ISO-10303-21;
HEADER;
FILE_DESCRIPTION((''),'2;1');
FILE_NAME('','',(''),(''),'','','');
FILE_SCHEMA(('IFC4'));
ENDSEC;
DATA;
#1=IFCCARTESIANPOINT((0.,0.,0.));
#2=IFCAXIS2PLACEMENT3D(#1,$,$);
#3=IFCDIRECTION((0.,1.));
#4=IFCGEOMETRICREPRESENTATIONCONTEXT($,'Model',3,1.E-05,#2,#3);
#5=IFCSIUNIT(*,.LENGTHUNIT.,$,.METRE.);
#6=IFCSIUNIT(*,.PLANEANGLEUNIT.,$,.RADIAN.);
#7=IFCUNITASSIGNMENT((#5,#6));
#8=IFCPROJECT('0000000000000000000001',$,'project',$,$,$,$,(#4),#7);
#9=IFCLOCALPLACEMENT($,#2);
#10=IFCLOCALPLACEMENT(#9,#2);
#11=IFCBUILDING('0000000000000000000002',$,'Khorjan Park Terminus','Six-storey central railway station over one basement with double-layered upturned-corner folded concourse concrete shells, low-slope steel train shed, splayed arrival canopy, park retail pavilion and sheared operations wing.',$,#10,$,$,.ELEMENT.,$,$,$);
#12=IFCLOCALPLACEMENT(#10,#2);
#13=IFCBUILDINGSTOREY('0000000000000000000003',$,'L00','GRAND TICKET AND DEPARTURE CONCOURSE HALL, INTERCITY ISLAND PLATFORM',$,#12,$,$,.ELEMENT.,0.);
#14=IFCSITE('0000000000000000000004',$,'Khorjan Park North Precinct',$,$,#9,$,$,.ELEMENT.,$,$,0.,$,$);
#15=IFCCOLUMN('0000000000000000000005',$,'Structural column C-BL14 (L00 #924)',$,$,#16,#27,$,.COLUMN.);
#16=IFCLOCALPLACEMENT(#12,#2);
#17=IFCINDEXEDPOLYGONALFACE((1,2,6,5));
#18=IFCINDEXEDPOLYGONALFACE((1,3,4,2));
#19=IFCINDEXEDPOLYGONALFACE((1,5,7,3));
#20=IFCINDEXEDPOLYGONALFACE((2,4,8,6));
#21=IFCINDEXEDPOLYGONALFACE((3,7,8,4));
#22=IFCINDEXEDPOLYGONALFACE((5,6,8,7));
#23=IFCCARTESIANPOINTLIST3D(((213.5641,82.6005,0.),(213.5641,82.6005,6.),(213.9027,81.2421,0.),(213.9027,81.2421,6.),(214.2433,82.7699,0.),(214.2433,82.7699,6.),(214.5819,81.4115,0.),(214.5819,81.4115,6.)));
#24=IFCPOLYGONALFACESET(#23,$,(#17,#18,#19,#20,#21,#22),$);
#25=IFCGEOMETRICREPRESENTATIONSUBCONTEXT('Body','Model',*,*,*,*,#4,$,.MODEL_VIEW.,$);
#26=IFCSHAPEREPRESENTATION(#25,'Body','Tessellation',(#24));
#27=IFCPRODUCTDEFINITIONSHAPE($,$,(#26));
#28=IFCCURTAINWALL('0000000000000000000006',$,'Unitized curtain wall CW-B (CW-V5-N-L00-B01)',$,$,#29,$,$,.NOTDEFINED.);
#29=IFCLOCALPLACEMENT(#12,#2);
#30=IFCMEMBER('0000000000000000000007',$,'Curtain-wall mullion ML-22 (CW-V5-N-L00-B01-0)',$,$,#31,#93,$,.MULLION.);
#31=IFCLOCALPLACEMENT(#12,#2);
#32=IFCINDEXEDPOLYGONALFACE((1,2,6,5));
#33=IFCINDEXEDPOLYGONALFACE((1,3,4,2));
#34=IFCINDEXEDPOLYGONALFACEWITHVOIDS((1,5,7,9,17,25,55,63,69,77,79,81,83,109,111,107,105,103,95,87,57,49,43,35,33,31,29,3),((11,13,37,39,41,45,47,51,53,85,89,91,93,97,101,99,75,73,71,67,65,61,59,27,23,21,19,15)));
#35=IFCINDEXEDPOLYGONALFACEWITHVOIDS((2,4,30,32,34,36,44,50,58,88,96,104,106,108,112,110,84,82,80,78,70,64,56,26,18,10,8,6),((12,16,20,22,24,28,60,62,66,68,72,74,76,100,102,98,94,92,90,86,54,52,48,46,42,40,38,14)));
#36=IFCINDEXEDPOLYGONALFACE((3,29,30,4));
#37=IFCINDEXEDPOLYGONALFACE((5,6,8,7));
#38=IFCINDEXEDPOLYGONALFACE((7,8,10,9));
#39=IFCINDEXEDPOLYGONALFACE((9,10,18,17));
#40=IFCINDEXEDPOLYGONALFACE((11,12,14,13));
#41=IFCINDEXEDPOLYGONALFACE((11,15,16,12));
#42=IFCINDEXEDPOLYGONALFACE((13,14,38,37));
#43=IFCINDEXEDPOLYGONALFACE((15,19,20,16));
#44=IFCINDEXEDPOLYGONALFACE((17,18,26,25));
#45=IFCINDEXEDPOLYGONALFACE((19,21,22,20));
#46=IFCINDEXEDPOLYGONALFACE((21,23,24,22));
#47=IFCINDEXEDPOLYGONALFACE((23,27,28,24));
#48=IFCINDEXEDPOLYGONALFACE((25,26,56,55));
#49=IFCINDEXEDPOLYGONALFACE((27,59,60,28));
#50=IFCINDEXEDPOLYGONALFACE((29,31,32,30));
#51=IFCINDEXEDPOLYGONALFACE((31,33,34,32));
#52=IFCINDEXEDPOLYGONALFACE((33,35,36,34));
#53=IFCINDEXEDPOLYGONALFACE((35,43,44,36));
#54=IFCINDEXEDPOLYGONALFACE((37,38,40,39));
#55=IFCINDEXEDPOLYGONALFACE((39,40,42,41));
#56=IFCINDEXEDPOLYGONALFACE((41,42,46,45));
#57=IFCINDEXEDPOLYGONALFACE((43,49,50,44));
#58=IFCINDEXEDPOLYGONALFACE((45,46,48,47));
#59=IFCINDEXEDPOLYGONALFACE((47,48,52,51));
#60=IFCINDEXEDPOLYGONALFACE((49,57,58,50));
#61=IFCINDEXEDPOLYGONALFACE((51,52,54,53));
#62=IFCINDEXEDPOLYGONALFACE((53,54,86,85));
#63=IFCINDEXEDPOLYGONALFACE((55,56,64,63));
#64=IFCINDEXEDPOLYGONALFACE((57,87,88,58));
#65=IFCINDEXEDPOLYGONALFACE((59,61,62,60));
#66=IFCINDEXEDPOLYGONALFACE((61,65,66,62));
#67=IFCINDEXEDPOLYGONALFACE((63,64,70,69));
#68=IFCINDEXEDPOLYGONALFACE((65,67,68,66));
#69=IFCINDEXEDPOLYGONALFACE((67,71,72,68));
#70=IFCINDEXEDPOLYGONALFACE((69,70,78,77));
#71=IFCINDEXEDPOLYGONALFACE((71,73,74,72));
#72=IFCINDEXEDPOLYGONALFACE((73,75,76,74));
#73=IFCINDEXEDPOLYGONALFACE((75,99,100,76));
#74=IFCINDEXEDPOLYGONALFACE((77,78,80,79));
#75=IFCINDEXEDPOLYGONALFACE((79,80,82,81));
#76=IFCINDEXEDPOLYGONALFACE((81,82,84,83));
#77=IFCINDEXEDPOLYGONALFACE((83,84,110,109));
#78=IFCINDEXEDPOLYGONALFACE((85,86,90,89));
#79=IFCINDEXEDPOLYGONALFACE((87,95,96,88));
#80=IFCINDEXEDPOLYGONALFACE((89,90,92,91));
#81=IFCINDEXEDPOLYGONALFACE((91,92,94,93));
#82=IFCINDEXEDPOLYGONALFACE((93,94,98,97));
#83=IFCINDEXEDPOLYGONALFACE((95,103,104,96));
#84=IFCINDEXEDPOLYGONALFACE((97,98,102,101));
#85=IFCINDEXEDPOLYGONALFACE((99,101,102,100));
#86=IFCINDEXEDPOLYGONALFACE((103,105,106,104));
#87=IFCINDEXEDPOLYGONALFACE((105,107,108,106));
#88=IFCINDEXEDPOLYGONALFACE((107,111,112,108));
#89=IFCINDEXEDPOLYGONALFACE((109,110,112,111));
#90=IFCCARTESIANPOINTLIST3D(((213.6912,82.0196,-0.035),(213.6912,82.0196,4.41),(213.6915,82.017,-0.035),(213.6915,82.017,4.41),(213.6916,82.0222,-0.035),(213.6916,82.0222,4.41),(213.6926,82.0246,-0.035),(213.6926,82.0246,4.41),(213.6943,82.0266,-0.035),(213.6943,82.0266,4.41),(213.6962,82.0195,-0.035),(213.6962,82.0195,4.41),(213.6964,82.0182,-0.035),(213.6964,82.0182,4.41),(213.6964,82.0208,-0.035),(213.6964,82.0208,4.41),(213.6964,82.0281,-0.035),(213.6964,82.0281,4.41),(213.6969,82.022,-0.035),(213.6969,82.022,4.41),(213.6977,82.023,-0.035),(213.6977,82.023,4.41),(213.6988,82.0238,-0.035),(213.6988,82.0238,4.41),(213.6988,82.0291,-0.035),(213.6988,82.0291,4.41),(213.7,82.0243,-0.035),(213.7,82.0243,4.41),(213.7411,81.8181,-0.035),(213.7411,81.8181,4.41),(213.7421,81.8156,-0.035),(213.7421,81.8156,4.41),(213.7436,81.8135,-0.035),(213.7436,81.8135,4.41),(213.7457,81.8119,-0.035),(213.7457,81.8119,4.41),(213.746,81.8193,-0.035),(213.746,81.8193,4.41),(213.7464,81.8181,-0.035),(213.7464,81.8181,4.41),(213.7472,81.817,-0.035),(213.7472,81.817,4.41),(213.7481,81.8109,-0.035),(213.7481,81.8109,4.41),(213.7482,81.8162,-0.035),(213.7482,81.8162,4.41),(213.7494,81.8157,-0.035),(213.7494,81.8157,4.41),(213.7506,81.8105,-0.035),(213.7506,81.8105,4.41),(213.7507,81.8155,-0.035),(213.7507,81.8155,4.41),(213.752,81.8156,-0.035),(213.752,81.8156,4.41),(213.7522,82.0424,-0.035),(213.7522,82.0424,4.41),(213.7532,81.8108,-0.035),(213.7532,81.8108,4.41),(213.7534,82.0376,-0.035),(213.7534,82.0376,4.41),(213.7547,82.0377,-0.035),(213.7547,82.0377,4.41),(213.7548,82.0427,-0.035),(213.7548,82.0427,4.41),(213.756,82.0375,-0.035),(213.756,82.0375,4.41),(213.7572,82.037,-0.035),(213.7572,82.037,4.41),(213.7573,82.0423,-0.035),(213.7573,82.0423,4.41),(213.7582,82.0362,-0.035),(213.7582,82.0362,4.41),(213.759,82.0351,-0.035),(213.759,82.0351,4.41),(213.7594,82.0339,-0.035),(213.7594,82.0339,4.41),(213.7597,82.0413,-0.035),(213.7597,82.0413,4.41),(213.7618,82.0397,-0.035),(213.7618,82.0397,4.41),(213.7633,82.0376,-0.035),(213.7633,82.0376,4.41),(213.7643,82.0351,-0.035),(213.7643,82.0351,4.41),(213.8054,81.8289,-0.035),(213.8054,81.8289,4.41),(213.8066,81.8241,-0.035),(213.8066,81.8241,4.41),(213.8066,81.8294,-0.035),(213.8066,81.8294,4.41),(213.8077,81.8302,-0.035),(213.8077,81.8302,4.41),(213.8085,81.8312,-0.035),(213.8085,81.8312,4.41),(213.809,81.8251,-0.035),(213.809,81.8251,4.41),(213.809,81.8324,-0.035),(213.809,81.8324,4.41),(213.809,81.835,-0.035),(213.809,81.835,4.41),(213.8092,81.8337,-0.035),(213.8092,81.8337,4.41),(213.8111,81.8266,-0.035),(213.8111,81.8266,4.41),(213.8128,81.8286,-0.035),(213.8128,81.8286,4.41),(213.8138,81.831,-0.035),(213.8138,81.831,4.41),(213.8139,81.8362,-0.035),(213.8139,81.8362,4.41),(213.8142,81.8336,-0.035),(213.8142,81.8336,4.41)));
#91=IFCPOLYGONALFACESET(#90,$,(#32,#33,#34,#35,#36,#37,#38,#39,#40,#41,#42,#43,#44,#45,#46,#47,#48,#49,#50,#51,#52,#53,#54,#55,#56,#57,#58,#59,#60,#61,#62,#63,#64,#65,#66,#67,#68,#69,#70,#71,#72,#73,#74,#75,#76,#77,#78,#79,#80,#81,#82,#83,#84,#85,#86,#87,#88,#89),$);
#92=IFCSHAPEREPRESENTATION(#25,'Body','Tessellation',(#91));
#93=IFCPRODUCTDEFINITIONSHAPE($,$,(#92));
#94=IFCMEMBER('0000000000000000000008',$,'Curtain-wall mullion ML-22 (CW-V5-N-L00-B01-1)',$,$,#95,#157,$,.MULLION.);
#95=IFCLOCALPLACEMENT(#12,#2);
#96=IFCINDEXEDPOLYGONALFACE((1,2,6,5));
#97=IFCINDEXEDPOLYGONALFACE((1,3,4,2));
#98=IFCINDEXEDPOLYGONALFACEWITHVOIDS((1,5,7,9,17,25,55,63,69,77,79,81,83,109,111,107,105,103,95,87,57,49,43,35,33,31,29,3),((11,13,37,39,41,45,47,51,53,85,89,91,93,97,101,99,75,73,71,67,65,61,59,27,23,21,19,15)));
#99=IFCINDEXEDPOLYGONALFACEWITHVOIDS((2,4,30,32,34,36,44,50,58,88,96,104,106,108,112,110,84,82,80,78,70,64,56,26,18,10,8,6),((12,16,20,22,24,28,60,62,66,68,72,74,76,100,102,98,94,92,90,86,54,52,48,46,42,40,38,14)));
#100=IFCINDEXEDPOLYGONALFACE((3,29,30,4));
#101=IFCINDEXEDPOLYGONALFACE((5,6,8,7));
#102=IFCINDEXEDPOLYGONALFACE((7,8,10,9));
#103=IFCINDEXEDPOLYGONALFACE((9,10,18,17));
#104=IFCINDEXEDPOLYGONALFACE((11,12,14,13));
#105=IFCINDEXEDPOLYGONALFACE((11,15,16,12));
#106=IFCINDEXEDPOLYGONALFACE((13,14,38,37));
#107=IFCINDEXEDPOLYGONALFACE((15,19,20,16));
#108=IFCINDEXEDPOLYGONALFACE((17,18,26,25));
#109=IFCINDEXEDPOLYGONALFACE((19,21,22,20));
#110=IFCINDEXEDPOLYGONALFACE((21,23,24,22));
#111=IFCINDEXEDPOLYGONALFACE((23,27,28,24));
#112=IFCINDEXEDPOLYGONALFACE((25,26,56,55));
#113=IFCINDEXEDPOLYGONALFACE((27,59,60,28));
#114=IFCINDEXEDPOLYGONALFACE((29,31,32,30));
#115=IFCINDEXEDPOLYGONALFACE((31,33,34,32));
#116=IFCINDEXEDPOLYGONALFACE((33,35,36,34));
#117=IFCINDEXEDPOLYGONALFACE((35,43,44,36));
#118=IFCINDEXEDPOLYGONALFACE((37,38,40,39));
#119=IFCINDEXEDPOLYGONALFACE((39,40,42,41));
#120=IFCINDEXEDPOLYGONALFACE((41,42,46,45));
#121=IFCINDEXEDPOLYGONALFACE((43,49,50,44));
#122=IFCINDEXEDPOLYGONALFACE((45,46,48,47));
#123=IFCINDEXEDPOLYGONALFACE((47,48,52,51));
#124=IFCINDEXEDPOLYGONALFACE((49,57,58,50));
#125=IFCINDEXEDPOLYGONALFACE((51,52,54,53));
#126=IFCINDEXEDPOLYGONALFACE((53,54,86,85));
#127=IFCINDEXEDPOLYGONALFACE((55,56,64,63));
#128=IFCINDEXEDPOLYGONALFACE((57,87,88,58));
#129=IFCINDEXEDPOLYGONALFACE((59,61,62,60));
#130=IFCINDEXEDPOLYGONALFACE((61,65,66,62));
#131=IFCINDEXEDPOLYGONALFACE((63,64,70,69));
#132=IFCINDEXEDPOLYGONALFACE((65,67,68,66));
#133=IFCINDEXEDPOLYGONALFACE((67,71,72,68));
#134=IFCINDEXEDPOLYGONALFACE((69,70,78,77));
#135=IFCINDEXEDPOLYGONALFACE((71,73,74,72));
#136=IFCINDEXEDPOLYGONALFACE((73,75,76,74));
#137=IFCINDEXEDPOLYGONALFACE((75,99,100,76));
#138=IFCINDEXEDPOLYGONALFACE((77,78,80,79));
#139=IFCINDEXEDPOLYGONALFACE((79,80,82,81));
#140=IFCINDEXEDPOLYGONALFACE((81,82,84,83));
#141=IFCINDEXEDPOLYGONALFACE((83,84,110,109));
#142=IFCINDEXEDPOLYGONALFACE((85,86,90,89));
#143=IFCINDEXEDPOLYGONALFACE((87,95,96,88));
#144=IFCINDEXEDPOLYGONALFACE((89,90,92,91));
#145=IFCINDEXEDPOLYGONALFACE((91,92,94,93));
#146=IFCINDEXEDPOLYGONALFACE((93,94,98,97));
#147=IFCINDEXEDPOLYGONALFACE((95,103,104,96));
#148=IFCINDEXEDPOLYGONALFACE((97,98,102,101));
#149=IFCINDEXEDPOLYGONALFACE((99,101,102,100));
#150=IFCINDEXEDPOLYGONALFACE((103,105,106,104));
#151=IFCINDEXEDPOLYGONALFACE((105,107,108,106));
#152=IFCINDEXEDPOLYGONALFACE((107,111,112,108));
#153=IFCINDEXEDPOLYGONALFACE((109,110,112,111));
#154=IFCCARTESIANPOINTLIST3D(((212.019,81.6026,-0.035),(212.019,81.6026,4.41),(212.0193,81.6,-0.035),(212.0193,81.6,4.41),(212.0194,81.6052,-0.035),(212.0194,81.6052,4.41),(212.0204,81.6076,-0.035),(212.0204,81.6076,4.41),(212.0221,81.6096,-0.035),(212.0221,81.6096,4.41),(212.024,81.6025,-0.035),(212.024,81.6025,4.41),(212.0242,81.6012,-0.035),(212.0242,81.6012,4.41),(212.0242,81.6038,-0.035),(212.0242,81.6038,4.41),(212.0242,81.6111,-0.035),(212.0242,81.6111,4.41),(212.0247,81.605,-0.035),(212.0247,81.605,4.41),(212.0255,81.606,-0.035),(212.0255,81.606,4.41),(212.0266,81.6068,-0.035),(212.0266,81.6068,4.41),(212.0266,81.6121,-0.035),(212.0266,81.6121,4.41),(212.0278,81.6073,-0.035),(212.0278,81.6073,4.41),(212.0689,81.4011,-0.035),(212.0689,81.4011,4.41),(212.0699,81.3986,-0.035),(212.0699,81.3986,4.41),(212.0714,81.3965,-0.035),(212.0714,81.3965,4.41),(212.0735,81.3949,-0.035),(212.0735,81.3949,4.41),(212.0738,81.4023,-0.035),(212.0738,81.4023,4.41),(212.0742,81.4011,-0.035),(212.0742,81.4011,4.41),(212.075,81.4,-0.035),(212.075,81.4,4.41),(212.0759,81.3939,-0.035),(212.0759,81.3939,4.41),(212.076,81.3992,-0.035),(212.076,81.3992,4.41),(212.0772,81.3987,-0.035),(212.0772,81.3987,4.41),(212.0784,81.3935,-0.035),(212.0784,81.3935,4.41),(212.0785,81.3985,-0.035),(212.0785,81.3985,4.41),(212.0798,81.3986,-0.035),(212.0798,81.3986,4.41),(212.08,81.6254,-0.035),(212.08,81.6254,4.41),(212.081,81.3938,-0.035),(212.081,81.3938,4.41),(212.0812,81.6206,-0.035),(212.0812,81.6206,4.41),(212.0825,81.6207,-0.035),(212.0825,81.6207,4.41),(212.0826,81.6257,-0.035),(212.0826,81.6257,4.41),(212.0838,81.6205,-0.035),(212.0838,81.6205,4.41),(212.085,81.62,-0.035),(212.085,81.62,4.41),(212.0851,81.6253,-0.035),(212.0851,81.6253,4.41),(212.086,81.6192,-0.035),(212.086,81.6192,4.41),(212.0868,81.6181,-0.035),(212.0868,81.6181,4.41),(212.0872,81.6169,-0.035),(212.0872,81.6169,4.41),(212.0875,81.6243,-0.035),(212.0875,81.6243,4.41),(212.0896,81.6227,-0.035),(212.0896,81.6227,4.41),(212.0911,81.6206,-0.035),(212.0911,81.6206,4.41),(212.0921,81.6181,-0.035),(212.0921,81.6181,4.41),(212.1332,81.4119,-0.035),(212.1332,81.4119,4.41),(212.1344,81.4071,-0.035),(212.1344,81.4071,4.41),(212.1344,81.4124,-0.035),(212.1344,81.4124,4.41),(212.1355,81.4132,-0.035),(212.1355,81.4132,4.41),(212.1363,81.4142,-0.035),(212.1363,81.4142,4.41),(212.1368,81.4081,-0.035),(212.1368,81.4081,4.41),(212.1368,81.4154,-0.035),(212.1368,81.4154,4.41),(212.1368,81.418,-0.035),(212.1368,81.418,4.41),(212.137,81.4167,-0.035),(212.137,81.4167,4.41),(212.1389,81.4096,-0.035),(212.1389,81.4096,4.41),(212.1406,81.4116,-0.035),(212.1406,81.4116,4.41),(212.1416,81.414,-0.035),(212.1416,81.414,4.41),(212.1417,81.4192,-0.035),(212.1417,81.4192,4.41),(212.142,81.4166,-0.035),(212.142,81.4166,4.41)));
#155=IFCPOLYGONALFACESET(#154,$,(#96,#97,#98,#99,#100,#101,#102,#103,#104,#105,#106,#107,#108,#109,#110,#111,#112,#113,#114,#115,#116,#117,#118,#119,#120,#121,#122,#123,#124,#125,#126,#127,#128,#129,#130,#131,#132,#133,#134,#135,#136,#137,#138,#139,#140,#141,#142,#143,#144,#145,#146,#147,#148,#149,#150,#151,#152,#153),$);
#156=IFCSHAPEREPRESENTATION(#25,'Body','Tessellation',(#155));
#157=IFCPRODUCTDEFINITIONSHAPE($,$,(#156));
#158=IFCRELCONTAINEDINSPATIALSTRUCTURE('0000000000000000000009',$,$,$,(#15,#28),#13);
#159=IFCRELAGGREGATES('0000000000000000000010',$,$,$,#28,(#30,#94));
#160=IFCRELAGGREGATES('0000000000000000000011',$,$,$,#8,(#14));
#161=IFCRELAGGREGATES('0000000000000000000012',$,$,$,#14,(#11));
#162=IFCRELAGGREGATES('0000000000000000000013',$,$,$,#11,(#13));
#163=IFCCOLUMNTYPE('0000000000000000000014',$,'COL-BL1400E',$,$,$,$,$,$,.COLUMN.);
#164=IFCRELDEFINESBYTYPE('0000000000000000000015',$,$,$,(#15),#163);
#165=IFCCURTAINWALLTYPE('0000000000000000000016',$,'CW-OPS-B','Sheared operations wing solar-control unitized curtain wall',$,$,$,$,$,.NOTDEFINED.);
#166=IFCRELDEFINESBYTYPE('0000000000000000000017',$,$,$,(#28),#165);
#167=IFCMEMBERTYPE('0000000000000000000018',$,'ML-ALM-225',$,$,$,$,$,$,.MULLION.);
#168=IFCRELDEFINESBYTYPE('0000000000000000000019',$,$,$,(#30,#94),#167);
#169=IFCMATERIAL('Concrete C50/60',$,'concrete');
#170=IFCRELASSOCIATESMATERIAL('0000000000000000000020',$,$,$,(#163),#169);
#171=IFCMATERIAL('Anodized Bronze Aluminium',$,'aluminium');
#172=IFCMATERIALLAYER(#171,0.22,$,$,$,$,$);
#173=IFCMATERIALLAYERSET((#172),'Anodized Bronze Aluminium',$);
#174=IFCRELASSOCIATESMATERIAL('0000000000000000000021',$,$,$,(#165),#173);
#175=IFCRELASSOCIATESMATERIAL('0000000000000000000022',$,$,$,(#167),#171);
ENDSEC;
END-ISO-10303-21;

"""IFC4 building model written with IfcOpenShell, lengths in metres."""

from ifc_helpers import new_model, si_unit, direction, frame, origin, origin_2d, place, context, subcontext, project, spatial, rectangle, hollow_rectangle, extrude, material, layer, layer_set, material_profile, profile_set, type_object, element, aggregate, save


model = new_model("IFC4")

# Units and contexts
model_context = context("Model", 3, precision=1e-05, world=origin(), true_north=direction((0.0, 1.0)))
body_context = subcontext(model_context, "Body", "Model", "MODEL_VIEW")
ifc_project = project(units=[si_unit("LENGTHUNIT", "METRE"), si_unit("PLANEANGLEUNIT", "RADIAN")], contexts=[model_context])

# Site, building, storey
site_placement = place(None, origin())
site = spatial("IfcSite", under=ifc_project, at=site_placement, Name="Khorjan Park North Precinct", CompositionType="ELEMENT", RefElevation=0.0)
building_placement = place(site_placement, origin())
building = spatial("IfcBuilding", under=site, at=building_placement, Name="Khorjan Park Terminus", Description="Six-storey central railway station over one basement with double-layered upturned-corner folded concourse concrete shells, low-slope steel train shed, splayed arrival canopy, park retail pavilion and sheared operations wing.", CompositionType="ELEMENT")
storey_placement = place(building_placement, origin())
storey = spatial("IfcBuildingStorey", under=building, at=storey_placement, Name="L00", Description="GRAND TICKET AND DEPARTURE CONCOURSE HALL, INTERCITY ISLAND PLATFORM", CompositionType="ELEMENT", Elevation=0.0)

# Column
ifc_material_1 = material(Name="Concrete C50/60", Category="concrete")
ifc_material_profile_1 = material_profile(ifc_material_1, rectangle(XDim=0.7, YDim=1.4, at=origin_2d()), Name="RC 700x1400")
ifc_profile_set_1 = profile_set([ifc_material_profile_1], Name="Concrete C50/60")
column_type = type_object("IfcColumnType", Name="COL-BL1400E", PredefinedType="COLUMN", material=ifc_profile_set_1)
column_placement = place(storey_placement, frame((214.073, 82.006, 0.0), z_axis=(0.0, 0.0, 1.0), x_axis=(0.970296, 0.241922, 0.0)))
element("IfcColumn", 1, at=column_placement, inside=storey, type_object=column_type, Name="Structural column C-BL14 (L00 #924)", PredefinedType="COLUMN", context=body_context, shape_type="SweptSolid", body=[
    extrude(rectangle(XDim=0.7, YDim=1.4, at=origin_2d()), origin(), (0.0, 0.0, 1.0), 6.0),
])

# Curtain wall, members
ifc_material_2 = material(Name="Anodized Bronze Aluminium", Category="aluminium")
ifc_layer_1 = layer(ifc_material_2, 0.22)
ifc_layer_set_1 = layer_set([ifc_layer_1], Name="Anodized Bronze Aluminium")
curtain_wall_type = type_object("IfcCurtainWallType", Name="CW-OPS-B", Description="Sheared operations wing solar-control unitized curtain wall", PredefinedType="NOTDEFINED", material=ifc_layer_set_1)
curtain_wall_placement = place(storey_placement, origin())
curtain_wall = element("IfcCurtainWall", 2, at=curtain_wall_placement, inside=storey, type_object=curtain_wall_type, Name="Unitized curtain wall CW-B (CW-V5-N-L00-B01)", PredefinedType="NOTDEFINED")
ifc_material_profile_2 = material_profile(ifc_material_2, hollow_rectangle(XDim=0.075, YDim=0.225, WallThickness=0.005, InnerFilletRadius=0.005, OuterFilletRadius=0.01, at=origin_2d()), Name="ALM 75x225x5")
ifc_profile_set_2 = profile_set([ifc_material_profile_2], Name="Anodized Bronze Aluminium")
member_type_1 = type_object("IfcMemberType", Name="ML-ALM-225", PredefinedType="MULLION", material=ifc_profile_set_2)
member_1_placement = place(storey_placement, frame((213.7527, 81.9266, -0.035), z_axis=(0.0, 0.0, 1.0), x_axis=(-0.970294, -0.241928, 0.0)))
member_1 = element("IfcMember", 3, at=member_1_placement, type_object=member_type_1, Name="Curtain-wall mullion ML-22 (CW-V5-N-L00-B01-0)", PredefinedType="MULLION", context=body_context, shape_type="SweptSolid", body=[
    extrude(hollow_rectangle(XDim=0.075, YDim=0.225, WallThickness=0.005, InnerFilletRadius=0.005, OuterFilletRadius=0.01, at=origin_2d()), origin(), (0.0, 0.0, 1.0), 4.445),
])
member_2_placement = place(storey_placement, frame((212.0805, 81.5096, -0.035), z_axis=(0.0, 0.0, 1.0), x_axis=(-0.970294, -0.241928, 0.0)))
member_2 = element("IfcMember", 4, at=member_2_placement, type_object=member_type_1, Name="Curtain-wall mullion ML-22 (CW-V5-N-L00-B01-1)", PredefinedType="MULLION", context=body_context, shape_type="SweptSolid", body=[
    extrude(hollow_rectangle(XDim=0.075, YDim=0.225, WallThickness=0.005, InnerFilletRadius=0.005, OuterFilletRadius=0.01, at=origin_2d()), origin(), (0.0, 0.0, 1.0), 4.445),
])
aggregate(curtain_wall, [member_1, member_2])

save(model, "model.ifc")
